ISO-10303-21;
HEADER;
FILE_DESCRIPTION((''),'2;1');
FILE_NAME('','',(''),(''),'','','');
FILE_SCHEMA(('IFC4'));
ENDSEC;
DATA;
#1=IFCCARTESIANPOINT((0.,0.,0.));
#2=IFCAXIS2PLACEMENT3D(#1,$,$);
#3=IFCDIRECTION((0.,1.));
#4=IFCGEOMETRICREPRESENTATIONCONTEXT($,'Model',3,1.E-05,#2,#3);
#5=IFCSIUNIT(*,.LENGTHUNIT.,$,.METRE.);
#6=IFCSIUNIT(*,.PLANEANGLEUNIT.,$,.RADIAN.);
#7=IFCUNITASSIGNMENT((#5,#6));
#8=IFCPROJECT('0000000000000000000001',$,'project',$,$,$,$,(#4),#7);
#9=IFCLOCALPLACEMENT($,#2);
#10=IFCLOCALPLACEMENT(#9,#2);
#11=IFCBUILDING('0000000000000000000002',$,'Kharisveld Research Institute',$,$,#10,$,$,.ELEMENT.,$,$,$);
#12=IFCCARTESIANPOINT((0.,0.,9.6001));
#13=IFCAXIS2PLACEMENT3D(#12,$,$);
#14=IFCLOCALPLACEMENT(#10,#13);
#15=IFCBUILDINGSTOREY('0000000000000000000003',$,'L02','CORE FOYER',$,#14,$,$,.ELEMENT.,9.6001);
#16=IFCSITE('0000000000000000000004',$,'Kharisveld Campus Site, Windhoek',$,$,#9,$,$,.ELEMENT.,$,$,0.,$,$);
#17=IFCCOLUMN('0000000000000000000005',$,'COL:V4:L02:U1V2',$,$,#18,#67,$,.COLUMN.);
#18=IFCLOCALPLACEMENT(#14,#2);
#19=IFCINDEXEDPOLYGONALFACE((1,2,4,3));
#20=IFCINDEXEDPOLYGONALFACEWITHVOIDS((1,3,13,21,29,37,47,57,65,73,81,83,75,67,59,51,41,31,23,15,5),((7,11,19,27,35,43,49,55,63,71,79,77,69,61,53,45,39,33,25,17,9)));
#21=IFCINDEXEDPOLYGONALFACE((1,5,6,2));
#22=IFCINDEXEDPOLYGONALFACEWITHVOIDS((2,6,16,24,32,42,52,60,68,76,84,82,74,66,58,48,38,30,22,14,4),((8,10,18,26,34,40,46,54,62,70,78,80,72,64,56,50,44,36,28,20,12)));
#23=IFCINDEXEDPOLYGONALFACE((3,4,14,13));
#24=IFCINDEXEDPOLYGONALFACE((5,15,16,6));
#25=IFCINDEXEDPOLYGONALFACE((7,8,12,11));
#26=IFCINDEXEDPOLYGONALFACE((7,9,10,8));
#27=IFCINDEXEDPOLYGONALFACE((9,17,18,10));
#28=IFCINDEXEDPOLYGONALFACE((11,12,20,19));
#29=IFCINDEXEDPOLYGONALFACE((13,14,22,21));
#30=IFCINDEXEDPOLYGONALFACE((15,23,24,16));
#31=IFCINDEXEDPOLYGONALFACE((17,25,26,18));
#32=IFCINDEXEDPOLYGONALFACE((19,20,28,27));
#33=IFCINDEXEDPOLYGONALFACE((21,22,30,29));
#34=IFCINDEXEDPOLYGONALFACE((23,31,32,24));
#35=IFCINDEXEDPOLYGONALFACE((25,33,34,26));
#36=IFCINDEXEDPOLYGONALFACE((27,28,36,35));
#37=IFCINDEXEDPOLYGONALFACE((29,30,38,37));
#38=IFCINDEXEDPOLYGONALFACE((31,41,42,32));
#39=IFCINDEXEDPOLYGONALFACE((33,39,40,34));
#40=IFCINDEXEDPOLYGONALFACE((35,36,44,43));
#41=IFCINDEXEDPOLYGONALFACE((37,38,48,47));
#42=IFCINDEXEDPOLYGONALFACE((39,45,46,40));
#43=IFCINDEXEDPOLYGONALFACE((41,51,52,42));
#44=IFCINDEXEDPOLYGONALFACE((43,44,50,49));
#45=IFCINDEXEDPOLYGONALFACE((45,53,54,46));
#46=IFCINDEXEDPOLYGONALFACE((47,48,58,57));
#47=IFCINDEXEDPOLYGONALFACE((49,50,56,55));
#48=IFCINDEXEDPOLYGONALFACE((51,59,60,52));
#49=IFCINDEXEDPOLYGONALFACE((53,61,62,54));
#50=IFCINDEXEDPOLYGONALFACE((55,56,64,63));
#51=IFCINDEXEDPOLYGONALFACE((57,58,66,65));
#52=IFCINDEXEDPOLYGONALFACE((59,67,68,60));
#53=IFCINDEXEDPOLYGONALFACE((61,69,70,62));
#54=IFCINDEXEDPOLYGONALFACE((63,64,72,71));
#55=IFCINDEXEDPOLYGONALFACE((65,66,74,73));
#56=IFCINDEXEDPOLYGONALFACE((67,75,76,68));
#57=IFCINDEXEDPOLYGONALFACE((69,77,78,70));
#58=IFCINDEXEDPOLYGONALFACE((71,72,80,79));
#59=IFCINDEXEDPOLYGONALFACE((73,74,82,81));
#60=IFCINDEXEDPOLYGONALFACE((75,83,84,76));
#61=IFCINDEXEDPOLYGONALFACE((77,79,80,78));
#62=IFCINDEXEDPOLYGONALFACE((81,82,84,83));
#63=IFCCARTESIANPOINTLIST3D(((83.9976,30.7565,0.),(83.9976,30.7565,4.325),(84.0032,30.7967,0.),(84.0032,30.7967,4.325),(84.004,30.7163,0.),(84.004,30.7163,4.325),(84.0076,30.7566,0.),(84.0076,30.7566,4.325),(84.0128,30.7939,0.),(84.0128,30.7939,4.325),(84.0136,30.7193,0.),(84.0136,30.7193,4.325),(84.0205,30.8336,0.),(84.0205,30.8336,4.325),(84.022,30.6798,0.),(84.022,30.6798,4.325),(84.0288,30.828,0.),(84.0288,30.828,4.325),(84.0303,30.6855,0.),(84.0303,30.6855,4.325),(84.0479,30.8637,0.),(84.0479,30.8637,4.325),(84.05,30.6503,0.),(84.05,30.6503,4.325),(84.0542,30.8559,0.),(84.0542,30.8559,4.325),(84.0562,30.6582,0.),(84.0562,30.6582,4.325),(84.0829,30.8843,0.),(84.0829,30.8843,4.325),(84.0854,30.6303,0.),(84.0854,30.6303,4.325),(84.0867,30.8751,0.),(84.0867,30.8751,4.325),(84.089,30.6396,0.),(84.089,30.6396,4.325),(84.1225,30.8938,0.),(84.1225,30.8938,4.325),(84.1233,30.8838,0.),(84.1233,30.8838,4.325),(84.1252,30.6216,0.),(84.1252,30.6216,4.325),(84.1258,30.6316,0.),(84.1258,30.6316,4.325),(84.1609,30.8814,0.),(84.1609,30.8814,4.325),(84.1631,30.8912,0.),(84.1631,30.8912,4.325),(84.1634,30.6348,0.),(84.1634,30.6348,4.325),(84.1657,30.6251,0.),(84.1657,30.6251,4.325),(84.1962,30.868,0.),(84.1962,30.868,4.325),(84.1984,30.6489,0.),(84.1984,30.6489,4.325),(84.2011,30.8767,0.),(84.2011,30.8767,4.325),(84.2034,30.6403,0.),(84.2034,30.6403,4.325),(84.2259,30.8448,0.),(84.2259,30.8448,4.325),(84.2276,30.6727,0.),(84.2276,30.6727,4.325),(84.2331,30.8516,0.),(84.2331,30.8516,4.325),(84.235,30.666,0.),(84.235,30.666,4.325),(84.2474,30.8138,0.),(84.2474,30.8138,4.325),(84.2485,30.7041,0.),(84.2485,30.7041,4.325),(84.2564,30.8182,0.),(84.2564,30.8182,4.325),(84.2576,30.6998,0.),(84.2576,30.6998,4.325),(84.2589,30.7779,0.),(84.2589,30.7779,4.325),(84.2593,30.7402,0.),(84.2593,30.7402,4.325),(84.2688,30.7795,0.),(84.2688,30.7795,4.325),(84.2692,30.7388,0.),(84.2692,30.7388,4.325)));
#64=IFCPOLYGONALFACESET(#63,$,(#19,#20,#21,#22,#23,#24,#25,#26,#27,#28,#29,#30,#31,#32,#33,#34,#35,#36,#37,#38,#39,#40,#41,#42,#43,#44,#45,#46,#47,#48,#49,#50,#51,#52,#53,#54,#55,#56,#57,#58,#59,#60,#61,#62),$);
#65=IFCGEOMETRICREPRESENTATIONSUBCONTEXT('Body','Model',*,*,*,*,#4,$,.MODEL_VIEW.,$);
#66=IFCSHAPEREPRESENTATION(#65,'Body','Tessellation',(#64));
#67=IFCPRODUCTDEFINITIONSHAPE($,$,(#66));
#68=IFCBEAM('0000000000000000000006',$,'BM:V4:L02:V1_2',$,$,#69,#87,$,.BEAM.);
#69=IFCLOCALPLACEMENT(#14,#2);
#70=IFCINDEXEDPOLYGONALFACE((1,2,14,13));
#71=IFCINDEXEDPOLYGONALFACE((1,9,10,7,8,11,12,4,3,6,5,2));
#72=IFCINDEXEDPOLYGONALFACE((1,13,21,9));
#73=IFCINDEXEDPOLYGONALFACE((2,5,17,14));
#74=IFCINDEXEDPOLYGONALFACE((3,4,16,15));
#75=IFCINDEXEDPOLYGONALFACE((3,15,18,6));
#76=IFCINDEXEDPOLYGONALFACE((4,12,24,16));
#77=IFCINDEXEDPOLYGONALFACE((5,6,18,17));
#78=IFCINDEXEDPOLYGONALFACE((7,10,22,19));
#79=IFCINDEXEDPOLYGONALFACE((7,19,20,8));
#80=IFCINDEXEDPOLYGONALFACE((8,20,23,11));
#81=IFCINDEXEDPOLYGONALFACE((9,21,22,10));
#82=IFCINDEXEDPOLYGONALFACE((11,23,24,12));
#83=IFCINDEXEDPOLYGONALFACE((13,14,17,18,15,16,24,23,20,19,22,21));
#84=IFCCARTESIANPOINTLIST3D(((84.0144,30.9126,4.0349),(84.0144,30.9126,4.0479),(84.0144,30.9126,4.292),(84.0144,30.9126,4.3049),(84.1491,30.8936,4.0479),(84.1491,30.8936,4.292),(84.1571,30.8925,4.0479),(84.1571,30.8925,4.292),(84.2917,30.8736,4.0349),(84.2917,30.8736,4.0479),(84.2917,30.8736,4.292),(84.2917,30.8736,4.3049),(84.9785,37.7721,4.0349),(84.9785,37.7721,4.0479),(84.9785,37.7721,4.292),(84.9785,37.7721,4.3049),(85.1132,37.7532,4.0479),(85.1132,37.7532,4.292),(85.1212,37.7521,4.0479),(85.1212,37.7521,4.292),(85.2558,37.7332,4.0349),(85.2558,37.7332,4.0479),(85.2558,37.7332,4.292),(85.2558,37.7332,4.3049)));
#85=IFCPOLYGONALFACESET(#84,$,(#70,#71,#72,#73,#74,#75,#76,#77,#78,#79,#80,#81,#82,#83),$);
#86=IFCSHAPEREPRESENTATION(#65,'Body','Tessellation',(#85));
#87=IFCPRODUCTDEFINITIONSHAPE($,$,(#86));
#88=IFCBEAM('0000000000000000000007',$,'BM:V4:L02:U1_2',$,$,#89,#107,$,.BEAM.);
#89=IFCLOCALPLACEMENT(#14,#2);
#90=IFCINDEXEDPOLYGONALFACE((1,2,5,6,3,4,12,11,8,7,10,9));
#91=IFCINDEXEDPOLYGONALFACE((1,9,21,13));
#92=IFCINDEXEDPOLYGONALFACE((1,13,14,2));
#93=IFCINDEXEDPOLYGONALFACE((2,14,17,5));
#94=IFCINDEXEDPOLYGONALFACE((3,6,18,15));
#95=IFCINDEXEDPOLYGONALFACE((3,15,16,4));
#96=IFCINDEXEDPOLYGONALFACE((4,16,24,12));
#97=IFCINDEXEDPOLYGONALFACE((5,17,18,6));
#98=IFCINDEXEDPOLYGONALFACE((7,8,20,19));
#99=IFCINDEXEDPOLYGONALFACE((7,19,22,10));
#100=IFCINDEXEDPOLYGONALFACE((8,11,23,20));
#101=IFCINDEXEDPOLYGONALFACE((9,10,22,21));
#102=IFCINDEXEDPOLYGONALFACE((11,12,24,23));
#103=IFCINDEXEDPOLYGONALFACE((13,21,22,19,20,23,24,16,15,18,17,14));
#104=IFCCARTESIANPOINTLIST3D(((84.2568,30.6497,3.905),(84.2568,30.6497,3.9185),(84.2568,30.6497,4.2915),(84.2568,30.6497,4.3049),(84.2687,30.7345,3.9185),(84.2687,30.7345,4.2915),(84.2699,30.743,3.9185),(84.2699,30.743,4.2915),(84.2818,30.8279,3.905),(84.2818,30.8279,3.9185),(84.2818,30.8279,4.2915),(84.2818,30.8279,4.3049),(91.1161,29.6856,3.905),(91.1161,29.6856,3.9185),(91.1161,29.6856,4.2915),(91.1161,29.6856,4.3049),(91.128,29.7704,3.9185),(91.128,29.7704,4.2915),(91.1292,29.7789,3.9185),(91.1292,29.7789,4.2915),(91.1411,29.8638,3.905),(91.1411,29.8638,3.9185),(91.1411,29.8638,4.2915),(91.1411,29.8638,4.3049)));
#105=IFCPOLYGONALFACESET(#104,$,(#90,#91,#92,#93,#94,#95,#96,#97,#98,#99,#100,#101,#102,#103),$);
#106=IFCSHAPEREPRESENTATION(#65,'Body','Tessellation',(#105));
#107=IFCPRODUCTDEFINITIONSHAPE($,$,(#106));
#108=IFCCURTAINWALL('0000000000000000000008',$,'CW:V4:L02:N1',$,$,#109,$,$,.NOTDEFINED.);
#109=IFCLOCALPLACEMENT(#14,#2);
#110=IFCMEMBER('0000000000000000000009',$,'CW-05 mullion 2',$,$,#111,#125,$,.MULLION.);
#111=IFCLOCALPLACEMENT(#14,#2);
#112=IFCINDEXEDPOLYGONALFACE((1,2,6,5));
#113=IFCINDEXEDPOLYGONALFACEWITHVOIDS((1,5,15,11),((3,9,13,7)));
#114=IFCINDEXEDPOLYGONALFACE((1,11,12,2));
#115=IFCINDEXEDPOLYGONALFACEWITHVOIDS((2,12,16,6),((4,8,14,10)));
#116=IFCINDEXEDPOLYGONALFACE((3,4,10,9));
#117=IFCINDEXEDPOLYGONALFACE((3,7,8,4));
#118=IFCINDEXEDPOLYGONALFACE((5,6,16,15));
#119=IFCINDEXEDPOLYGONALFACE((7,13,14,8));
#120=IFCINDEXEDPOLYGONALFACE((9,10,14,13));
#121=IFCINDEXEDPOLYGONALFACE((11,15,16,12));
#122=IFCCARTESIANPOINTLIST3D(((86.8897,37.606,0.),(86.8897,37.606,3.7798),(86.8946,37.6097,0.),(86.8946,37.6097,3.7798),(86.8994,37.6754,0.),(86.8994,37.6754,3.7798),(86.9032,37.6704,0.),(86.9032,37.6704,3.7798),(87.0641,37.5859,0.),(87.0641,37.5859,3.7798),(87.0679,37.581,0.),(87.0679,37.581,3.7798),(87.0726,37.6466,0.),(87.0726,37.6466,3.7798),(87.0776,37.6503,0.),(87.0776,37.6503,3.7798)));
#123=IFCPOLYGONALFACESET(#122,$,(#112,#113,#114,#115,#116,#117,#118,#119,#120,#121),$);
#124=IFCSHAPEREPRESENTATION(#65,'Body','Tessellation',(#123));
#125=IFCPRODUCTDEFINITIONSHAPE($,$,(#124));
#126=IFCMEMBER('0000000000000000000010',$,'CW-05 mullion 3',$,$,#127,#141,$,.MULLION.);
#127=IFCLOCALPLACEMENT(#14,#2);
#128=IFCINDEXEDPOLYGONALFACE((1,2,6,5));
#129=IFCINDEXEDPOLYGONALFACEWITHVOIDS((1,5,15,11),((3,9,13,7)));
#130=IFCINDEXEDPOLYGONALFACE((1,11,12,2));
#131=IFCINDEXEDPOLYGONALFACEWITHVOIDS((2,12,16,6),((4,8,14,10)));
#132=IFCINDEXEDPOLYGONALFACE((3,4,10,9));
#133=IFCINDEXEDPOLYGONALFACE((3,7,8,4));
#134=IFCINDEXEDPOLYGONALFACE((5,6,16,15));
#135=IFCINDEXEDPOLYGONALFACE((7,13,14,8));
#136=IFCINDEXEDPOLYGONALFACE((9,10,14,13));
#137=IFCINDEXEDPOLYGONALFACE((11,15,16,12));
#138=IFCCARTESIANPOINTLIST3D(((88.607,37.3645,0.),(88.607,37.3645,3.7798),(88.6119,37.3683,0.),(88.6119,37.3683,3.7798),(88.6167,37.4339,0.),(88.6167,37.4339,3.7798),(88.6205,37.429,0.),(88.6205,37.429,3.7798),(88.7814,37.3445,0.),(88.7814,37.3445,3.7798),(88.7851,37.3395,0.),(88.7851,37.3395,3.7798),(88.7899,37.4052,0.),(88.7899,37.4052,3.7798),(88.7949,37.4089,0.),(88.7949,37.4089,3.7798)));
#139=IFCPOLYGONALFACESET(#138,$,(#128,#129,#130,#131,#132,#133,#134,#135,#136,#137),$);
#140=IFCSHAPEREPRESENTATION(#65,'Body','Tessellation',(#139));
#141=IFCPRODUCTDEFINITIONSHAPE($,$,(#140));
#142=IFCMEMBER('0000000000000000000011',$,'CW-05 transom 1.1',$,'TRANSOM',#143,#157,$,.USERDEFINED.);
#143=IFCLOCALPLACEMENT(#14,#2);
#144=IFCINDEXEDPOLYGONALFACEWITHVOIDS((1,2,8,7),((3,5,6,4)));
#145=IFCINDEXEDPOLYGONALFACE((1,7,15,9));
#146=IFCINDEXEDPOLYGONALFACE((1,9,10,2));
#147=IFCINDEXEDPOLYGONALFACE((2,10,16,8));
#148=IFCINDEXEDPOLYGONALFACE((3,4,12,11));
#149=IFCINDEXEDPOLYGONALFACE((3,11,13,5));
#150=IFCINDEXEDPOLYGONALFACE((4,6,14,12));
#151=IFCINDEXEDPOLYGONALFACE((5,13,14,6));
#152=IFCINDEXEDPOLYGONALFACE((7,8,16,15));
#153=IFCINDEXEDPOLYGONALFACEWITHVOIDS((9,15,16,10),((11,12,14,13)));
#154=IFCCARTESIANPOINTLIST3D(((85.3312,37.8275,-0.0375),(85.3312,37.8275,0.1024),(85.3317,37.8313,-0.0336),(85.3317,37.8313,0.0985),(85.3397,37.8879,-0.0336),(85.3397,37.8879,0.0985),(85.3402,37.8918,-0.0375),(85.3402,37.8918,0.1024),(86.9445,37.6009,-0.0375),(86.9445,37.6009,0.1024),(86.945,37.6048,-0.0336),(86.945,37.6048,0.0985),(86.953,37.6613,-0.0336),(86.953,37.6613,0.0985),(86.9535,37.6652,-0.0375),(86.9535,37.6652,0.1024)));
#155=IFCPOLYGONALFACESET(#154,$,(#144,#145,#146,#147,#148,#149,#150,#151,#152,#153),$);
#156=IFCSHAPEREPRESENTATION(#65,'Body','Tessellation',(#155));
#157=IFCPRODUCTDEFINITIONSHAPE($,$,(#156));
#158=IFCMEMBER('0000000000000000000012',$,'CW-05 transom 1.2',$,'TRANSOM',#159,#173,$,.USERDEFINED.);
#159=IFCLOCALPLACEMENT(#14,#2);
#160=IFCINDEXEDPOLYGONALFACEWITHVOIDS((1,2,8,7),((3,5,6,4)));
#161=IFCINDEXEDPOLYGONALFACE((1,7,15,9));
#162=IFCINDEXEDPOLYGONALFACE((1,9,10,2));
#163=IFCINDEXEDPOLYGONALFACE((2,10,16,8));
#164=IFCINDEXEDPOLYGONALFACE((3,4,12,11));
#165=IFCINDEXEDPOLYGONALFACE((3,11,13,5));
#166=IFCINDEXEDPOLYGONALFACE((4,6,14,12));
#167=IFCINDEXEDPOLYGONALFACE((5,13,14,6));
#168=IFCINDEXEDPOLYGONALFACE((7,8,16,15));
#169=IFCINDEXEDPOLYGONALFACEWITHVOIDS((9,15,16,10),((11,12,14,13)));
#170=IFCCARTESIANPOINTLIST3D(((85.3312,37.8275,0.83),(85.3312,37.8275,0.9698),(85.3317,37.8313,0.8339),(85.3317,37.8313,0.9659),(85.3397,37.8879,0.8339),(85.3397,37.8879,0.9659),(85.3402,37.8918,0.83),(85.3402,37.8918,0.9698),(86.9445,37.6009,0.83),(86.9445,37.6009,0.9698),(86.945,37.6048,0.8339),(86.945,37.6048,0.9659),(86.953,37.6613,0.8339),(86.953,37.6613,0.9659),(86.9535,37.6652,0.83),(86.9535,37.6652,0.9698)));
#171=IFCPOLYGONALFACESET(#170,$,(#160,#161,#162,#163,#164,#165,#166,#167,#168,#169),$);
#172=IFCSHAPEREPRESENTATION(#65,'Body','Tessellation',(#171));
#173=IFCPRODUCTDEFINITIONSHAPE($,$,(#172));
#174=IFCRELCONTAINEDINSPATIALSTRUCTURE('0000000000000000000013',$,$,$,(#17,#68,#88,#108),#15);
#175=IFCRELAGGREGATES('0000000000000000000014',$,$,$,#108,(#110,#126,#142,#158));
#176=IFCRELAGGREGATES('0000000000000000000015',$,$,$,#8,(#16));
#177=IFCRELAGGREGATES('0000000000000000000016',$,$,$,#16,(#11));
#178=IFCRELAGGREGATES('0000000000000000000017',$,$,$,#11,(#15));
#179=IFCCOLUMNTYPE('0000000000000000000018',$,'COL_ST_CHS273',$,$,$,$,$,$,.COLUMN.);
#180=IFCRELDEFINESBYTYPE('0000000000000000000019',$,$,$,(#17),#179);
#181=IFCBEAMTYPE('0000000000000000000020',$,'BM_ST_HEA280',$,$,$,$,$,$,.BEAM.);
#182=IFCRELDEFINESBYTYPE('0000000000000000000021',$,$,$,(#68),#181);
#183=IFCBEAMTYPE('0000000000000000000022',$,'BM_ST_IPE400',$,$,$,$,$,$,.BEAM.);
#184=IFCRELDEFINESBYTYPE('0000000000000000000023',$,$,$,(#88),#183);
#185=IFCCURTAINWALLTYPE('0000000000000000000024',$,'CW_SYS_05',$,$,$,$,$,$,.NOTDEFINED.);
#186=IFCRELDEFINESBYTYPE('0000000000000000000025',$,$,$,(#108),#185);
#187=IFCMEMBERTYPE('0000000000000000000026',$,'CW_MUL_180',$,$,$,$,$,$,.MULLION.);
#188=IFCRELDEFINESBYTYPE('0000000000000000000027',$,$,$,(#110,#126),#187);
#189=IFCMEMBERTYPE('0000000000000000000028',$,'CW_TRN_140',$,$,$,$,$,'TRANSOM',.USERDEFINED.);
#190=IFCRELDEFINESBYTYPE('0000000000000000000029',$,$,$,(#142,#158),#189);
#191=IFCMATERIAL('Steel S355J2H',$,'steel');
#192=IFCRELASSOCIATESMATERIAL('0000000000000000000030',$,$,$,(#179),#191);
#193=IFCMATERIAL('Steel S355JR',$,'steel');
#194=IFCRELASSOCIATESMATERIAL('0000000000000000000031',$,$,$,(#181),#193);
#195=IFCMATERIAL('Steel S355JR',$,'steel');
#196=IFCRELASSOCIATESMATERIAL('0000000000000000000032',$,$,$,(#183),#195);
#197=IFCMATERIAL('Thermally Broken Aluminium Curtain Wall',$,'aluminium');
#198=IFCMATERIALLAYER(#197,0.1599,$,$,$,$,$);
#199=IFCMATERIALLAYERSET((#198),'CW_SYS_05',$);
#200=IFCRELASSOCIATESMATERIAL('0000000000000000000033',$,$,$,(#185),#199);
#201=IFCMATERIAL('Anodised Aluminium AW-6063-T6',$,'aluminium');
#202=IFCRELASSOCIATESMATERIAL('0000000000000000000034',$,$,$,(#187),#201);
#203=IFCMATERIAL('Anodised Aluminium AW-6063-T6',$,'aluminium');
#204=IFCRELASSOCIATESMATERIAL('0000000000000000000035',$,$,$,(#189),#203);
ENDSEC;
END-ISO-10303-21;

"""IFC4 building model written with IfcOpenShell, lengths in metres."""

from ifc_helpers import new_model, si_unit, direction, frame, origin, origin_2d, place, context, subcontext, project, spatial, hollow_rectangle, hollow_circle, i_section, extrude, material, layer, layer_set, material_profile, profile_set, type_object, element, aggregate, save


model = new_model("IFC4")

# Units and contexts
model_context = context("Model", 3, precision=1e-05, world=origin(), true_north=direction((0.0, 1.0)))
body_context = subcontext(model_context, "Body", "Model", "MODEL_VIEW")
ifc_project = project(units=[si_unit("LENGTHUNIT", "METRE"), si_unit("PLANEANGLEUNIT", "RADIAN")], contexts=[model_context])

# Site, building, storey
site_placement = place(None, origin())
site = spatial("IfcSite", under=ifc_project, at=site_placement, Name="Kharisveld Campus Site, Windhoek", CompositionType="ELEMENT", RefElevation=0.0)
building_placement = place(site_placement, origin())
building = spatial("IfcBuilding", under=site, at=building_placement, Name="Kharisveld Research Institute", CompositionType="ELEMENT")
storey_placement = place(building_placement, frame((0.0, 0.0, 9.6001)))
storey = spatial("IfcBuildingStorey", under=building, at=storey_placement, Name="L02", Description="CORE FOYER", CompositionType="ELEMENT", Elevation=9.6001)

# Column
ifc_material_1 = material(Name="Steel S355J2H", Category="steel")
ifc_material_profile_1 = material_profile(ifc_material_1, hollow_circle(Radius=0.1365, WallThickness=0.01, at=origin_2d()))
ifc_profile_set_1 = profile_set([ifc_material_profile_1], Name="Steel S355J2H")
column_type = type_object("IfcColumnType", Name="COL_ST_CHS273", PredefinedType="COLUMN", material=ifc_profile_set_1)
column_placement = place(storey_placement, frame((84.134, 30.7578, 0.0), z_axis=(0.0, 0.0, 1.0), x_axis=(0.990268, -0.139173, 0.0)))
element("IfcColumn", 1, at=column_placement, inside=storey, type_object=column_type, Name="COL:V4:L02:U1V2", PredefinedType="COLUMN", context=body_context, shape_type="SweptSolid", body=[
    extrude(hollow_circle(Radius=0.1365, WallThickness=0.01, at=origin_2d()), origin(), (0.0, 0.0, 1.0), 4.325),
])

# Beams
ifc_material_2 = material(Name="Steel S355JR", Category="steel")
ifc_material_profile_2 = material_profile(ifc_material_2, i_section(OverallWidth=0.28, OverallDepth=0.27, WebThickness=0.0081, FlangeThickness=0.0129, at=origin_2d()))
ifc_profile_set_2 = profile_set([ifc_material_profile_2], Name="Steel S355JR")
beam_type_1 = type_object("IfcBeamType", Name="BM_ST_HEA280", PredefinedType="BEAM", material=ifc_profile_set_2)
beam_1_placement = place(storey_placement, frame((84.1531, 30.8931, 4.1699), z_axis=(0.139181, 0.990267, 0.0), x_axis=(-0.990267, 0.139181, 0.0)))
element("IfcBeam", 2, at=beam_1_placement, inside=storey, type_object=beam_type_1, Name="BM:V4:L02:V1_2", PredefinedType="BEAM", context=body_context, shape_type="SweptSolid", body=[
    extrude(i_section(OverallWidth=0.28, OverallDepth=0.27, WebThickness=0.0081, FlangeThickness=0.0129, at=origin_2d()), origin(), (0.0, 0.0, 1.0), 6.927),
])
ifc_material_3 = material(Name="Steel S355JR", Category="steel")
ifc_material_profile_3 = material_profile(ifc_material_3, i_section(OverallWidth=0.1799, OverallDepth=0.3999, WebThickness=0.0085, FlangeThickness=0.0134, at=origin_2d()))
ifc_profile_set_3 = profile_set([ifc_material_profile_3], Name="Steel S355JR")
beam_type_2 = type_object("IfcBeamType", Name="BM_ST_IPE400", PredefinedType="BEAM", material=ifc_profile_set_3)
beam_2_placement = place(storey_placement, frame((84.2693, 30.7388, 4.105), z_axis=(0.990266, -0.139186, 0.0), x_axis=(0.139186, 0.990266, 0.0)))
element("IfcBeam", 3, at=beam_2_placement, inside=storey, type_object=beam_type_2, Name="BM:V4:L02:U1_2", PredefinedType="BEAM", context=body_context, shape_type="SweptSolid", body=[
    extrude(i_section(OverallWidth=0.1799, OverallDepth=0.3999, WebThickness=0.0085, FlangeThickness=0.0134, at=origin_2d()), origin(), (0.0, 0.0, 1.0), 6.9268),
])

# Curtain wall, members
ifc_material_4 = material(Name="Thermally Broken Aluminium Curtain Wall", Category="aluminium")
ifc_layer_1 = layer(ifc_material_4, 0.1599)
ifc_layer_set_1 = layer_set([ifc_layer_1], Name="CW_SYS_05")
curtain_wall_type = type_object("IfcCurtainWallType", Name="CW_SYS_05", PredefinedType="NOTDEFINED", material=ifc_layer_set_1)
curtain_wall_placement = place(storey_placement, origin())
curtain_wall = element("IfcCurtainWall", 4, at=curtain_wall_placement, inside=storey, type_object=curtain_wall_type, Name="CW:V4:L02:N1", PredefinedType="NOTDEFINED")
ifc_material_5 = material(Name="Anodised Aluminium AW-6063-T6", Category="aluminium")
ifc_material_profile_4 = material_profile(ifc_material_5, hollow_rectangle(XDim=0.0701, YDim=0.1799, WallThickness=0.0044, at=origin_2d()))
ifc_profile_set_4 = profile_set([ifc_material_profile_4], Name="Anodised Aluminium AW-6063-T6")
member_type_1 = type_object("IfcMemberType", Name="CW_MUL_180", PredefinedType="MULLION", material=ifc_profile_set_4)
member_1_placement = place(storey_placement, frame((86.9836, 37.6282, 0.0), z_axis=(0.0, 0.0, 1.0), x_axis=(0.139173, 0.990268, 0.0)))
member_1 = element("IfcMember", 5, at=member_1_placement, type_object=member_type_1, Name="CW-05 mullion 2", PredefinedType="MULLION", context=body_context, shape_type="SweptSolid", body=[
    extrude(hollow_rectangle(XDim=0.0701, YDim=0.1799, WallThickness=0.0044, at=origin_2d()), origin(), (0.0, 0.0, 1.0), 3.7798),
])
member_2_placement = place(storey_placement, frame((88.7009, 37.3867, 0.0), z_axis=(0.0, 0.0, 1.0), x_axis=(0.139173, 0.990268, 0.0)))
member_2 = element("IfcMember", 6, at=member_2_placement, type_object=member_type_1, Name="CW-05 mullion 3", PredefinedType="MULLION", context=body_context, shape_type="SweptSolid", body=[
    extrude(hollow_rectangle(XDim=0.0701, YDim=0.1799, WallThickness=0.0044, at=origin_2d()), origin(), (0.0, 0.0, 1.0), 3.7798),
])
ifc_material_6 = material(Name="Anodised Aluminium AW-6063-T6", Category="aluminium")
ifc_material_profile_5 = material_profile(ifc_material_6, hollow_rectangle(XDim=0.0649, YDim=0.1399, WallThickness=0.0039, at=origin_2d()))
ifc_profile_set_5 = profile_set([ifc_material_profile_5], Name="Anodised Aluminium AW-6063-T6")
member_type_2 = type_object("IfcMemberType", Name="CW_TRN_140", ElementType="TRANSOM", PredefinedType="USERDEFINED", material=ifc_profile_set_5)
member_3_placement = place(storey_placement, frame((85.3357, 37.8596, 0.0325), z_axis=(0.990282, -0.139071, 0.0), x_axis=(0.139071, 0.990282, 0.0)))
member_3 = element("IfcMember", 7, at=member_3_placement, type_object=member_type_2, Name="CW-05 transom 1.1", ObjectType="TRANSOM", PredefinedType="USERDEFINED", context=body_context, shape_type="SweptSolid", body=[
    extrude(hollow_rectangle(XDim=0.0649, YDim=0.1399, WallThickness=0.0039, at=origin_2d()), origin(), (0.0, 0.0, 1.0), 1.6292),
])
member_4_placement = place(storey_placement, frame((85.3357, 37.8596, 0.8999), z_axis=(0.990282, -0.139071, 0.0), x_axis=(0.139071, 0.990282, 0.0)))
member_4 = element("IfcMember", 8, at=member_4_placement, type_object=member_type_2, Name="CW-05 transom 1.2", ObjectType="TRANSOM", PredefinedType="USERDEFINED", context=body_context, shape_type="SweptSolid", body=[
    extrude(hollow_rectangle(XDim=0.0649, YDim=0.1399, WallThickness=0.0039, at=origin_2d()), origin(), (0.0, 0.0, 1.0), 1.6292),
])

aggregate(curtain_wall, [member_1, member_2, member_3, member_4])

save(model, "model.ifc")
